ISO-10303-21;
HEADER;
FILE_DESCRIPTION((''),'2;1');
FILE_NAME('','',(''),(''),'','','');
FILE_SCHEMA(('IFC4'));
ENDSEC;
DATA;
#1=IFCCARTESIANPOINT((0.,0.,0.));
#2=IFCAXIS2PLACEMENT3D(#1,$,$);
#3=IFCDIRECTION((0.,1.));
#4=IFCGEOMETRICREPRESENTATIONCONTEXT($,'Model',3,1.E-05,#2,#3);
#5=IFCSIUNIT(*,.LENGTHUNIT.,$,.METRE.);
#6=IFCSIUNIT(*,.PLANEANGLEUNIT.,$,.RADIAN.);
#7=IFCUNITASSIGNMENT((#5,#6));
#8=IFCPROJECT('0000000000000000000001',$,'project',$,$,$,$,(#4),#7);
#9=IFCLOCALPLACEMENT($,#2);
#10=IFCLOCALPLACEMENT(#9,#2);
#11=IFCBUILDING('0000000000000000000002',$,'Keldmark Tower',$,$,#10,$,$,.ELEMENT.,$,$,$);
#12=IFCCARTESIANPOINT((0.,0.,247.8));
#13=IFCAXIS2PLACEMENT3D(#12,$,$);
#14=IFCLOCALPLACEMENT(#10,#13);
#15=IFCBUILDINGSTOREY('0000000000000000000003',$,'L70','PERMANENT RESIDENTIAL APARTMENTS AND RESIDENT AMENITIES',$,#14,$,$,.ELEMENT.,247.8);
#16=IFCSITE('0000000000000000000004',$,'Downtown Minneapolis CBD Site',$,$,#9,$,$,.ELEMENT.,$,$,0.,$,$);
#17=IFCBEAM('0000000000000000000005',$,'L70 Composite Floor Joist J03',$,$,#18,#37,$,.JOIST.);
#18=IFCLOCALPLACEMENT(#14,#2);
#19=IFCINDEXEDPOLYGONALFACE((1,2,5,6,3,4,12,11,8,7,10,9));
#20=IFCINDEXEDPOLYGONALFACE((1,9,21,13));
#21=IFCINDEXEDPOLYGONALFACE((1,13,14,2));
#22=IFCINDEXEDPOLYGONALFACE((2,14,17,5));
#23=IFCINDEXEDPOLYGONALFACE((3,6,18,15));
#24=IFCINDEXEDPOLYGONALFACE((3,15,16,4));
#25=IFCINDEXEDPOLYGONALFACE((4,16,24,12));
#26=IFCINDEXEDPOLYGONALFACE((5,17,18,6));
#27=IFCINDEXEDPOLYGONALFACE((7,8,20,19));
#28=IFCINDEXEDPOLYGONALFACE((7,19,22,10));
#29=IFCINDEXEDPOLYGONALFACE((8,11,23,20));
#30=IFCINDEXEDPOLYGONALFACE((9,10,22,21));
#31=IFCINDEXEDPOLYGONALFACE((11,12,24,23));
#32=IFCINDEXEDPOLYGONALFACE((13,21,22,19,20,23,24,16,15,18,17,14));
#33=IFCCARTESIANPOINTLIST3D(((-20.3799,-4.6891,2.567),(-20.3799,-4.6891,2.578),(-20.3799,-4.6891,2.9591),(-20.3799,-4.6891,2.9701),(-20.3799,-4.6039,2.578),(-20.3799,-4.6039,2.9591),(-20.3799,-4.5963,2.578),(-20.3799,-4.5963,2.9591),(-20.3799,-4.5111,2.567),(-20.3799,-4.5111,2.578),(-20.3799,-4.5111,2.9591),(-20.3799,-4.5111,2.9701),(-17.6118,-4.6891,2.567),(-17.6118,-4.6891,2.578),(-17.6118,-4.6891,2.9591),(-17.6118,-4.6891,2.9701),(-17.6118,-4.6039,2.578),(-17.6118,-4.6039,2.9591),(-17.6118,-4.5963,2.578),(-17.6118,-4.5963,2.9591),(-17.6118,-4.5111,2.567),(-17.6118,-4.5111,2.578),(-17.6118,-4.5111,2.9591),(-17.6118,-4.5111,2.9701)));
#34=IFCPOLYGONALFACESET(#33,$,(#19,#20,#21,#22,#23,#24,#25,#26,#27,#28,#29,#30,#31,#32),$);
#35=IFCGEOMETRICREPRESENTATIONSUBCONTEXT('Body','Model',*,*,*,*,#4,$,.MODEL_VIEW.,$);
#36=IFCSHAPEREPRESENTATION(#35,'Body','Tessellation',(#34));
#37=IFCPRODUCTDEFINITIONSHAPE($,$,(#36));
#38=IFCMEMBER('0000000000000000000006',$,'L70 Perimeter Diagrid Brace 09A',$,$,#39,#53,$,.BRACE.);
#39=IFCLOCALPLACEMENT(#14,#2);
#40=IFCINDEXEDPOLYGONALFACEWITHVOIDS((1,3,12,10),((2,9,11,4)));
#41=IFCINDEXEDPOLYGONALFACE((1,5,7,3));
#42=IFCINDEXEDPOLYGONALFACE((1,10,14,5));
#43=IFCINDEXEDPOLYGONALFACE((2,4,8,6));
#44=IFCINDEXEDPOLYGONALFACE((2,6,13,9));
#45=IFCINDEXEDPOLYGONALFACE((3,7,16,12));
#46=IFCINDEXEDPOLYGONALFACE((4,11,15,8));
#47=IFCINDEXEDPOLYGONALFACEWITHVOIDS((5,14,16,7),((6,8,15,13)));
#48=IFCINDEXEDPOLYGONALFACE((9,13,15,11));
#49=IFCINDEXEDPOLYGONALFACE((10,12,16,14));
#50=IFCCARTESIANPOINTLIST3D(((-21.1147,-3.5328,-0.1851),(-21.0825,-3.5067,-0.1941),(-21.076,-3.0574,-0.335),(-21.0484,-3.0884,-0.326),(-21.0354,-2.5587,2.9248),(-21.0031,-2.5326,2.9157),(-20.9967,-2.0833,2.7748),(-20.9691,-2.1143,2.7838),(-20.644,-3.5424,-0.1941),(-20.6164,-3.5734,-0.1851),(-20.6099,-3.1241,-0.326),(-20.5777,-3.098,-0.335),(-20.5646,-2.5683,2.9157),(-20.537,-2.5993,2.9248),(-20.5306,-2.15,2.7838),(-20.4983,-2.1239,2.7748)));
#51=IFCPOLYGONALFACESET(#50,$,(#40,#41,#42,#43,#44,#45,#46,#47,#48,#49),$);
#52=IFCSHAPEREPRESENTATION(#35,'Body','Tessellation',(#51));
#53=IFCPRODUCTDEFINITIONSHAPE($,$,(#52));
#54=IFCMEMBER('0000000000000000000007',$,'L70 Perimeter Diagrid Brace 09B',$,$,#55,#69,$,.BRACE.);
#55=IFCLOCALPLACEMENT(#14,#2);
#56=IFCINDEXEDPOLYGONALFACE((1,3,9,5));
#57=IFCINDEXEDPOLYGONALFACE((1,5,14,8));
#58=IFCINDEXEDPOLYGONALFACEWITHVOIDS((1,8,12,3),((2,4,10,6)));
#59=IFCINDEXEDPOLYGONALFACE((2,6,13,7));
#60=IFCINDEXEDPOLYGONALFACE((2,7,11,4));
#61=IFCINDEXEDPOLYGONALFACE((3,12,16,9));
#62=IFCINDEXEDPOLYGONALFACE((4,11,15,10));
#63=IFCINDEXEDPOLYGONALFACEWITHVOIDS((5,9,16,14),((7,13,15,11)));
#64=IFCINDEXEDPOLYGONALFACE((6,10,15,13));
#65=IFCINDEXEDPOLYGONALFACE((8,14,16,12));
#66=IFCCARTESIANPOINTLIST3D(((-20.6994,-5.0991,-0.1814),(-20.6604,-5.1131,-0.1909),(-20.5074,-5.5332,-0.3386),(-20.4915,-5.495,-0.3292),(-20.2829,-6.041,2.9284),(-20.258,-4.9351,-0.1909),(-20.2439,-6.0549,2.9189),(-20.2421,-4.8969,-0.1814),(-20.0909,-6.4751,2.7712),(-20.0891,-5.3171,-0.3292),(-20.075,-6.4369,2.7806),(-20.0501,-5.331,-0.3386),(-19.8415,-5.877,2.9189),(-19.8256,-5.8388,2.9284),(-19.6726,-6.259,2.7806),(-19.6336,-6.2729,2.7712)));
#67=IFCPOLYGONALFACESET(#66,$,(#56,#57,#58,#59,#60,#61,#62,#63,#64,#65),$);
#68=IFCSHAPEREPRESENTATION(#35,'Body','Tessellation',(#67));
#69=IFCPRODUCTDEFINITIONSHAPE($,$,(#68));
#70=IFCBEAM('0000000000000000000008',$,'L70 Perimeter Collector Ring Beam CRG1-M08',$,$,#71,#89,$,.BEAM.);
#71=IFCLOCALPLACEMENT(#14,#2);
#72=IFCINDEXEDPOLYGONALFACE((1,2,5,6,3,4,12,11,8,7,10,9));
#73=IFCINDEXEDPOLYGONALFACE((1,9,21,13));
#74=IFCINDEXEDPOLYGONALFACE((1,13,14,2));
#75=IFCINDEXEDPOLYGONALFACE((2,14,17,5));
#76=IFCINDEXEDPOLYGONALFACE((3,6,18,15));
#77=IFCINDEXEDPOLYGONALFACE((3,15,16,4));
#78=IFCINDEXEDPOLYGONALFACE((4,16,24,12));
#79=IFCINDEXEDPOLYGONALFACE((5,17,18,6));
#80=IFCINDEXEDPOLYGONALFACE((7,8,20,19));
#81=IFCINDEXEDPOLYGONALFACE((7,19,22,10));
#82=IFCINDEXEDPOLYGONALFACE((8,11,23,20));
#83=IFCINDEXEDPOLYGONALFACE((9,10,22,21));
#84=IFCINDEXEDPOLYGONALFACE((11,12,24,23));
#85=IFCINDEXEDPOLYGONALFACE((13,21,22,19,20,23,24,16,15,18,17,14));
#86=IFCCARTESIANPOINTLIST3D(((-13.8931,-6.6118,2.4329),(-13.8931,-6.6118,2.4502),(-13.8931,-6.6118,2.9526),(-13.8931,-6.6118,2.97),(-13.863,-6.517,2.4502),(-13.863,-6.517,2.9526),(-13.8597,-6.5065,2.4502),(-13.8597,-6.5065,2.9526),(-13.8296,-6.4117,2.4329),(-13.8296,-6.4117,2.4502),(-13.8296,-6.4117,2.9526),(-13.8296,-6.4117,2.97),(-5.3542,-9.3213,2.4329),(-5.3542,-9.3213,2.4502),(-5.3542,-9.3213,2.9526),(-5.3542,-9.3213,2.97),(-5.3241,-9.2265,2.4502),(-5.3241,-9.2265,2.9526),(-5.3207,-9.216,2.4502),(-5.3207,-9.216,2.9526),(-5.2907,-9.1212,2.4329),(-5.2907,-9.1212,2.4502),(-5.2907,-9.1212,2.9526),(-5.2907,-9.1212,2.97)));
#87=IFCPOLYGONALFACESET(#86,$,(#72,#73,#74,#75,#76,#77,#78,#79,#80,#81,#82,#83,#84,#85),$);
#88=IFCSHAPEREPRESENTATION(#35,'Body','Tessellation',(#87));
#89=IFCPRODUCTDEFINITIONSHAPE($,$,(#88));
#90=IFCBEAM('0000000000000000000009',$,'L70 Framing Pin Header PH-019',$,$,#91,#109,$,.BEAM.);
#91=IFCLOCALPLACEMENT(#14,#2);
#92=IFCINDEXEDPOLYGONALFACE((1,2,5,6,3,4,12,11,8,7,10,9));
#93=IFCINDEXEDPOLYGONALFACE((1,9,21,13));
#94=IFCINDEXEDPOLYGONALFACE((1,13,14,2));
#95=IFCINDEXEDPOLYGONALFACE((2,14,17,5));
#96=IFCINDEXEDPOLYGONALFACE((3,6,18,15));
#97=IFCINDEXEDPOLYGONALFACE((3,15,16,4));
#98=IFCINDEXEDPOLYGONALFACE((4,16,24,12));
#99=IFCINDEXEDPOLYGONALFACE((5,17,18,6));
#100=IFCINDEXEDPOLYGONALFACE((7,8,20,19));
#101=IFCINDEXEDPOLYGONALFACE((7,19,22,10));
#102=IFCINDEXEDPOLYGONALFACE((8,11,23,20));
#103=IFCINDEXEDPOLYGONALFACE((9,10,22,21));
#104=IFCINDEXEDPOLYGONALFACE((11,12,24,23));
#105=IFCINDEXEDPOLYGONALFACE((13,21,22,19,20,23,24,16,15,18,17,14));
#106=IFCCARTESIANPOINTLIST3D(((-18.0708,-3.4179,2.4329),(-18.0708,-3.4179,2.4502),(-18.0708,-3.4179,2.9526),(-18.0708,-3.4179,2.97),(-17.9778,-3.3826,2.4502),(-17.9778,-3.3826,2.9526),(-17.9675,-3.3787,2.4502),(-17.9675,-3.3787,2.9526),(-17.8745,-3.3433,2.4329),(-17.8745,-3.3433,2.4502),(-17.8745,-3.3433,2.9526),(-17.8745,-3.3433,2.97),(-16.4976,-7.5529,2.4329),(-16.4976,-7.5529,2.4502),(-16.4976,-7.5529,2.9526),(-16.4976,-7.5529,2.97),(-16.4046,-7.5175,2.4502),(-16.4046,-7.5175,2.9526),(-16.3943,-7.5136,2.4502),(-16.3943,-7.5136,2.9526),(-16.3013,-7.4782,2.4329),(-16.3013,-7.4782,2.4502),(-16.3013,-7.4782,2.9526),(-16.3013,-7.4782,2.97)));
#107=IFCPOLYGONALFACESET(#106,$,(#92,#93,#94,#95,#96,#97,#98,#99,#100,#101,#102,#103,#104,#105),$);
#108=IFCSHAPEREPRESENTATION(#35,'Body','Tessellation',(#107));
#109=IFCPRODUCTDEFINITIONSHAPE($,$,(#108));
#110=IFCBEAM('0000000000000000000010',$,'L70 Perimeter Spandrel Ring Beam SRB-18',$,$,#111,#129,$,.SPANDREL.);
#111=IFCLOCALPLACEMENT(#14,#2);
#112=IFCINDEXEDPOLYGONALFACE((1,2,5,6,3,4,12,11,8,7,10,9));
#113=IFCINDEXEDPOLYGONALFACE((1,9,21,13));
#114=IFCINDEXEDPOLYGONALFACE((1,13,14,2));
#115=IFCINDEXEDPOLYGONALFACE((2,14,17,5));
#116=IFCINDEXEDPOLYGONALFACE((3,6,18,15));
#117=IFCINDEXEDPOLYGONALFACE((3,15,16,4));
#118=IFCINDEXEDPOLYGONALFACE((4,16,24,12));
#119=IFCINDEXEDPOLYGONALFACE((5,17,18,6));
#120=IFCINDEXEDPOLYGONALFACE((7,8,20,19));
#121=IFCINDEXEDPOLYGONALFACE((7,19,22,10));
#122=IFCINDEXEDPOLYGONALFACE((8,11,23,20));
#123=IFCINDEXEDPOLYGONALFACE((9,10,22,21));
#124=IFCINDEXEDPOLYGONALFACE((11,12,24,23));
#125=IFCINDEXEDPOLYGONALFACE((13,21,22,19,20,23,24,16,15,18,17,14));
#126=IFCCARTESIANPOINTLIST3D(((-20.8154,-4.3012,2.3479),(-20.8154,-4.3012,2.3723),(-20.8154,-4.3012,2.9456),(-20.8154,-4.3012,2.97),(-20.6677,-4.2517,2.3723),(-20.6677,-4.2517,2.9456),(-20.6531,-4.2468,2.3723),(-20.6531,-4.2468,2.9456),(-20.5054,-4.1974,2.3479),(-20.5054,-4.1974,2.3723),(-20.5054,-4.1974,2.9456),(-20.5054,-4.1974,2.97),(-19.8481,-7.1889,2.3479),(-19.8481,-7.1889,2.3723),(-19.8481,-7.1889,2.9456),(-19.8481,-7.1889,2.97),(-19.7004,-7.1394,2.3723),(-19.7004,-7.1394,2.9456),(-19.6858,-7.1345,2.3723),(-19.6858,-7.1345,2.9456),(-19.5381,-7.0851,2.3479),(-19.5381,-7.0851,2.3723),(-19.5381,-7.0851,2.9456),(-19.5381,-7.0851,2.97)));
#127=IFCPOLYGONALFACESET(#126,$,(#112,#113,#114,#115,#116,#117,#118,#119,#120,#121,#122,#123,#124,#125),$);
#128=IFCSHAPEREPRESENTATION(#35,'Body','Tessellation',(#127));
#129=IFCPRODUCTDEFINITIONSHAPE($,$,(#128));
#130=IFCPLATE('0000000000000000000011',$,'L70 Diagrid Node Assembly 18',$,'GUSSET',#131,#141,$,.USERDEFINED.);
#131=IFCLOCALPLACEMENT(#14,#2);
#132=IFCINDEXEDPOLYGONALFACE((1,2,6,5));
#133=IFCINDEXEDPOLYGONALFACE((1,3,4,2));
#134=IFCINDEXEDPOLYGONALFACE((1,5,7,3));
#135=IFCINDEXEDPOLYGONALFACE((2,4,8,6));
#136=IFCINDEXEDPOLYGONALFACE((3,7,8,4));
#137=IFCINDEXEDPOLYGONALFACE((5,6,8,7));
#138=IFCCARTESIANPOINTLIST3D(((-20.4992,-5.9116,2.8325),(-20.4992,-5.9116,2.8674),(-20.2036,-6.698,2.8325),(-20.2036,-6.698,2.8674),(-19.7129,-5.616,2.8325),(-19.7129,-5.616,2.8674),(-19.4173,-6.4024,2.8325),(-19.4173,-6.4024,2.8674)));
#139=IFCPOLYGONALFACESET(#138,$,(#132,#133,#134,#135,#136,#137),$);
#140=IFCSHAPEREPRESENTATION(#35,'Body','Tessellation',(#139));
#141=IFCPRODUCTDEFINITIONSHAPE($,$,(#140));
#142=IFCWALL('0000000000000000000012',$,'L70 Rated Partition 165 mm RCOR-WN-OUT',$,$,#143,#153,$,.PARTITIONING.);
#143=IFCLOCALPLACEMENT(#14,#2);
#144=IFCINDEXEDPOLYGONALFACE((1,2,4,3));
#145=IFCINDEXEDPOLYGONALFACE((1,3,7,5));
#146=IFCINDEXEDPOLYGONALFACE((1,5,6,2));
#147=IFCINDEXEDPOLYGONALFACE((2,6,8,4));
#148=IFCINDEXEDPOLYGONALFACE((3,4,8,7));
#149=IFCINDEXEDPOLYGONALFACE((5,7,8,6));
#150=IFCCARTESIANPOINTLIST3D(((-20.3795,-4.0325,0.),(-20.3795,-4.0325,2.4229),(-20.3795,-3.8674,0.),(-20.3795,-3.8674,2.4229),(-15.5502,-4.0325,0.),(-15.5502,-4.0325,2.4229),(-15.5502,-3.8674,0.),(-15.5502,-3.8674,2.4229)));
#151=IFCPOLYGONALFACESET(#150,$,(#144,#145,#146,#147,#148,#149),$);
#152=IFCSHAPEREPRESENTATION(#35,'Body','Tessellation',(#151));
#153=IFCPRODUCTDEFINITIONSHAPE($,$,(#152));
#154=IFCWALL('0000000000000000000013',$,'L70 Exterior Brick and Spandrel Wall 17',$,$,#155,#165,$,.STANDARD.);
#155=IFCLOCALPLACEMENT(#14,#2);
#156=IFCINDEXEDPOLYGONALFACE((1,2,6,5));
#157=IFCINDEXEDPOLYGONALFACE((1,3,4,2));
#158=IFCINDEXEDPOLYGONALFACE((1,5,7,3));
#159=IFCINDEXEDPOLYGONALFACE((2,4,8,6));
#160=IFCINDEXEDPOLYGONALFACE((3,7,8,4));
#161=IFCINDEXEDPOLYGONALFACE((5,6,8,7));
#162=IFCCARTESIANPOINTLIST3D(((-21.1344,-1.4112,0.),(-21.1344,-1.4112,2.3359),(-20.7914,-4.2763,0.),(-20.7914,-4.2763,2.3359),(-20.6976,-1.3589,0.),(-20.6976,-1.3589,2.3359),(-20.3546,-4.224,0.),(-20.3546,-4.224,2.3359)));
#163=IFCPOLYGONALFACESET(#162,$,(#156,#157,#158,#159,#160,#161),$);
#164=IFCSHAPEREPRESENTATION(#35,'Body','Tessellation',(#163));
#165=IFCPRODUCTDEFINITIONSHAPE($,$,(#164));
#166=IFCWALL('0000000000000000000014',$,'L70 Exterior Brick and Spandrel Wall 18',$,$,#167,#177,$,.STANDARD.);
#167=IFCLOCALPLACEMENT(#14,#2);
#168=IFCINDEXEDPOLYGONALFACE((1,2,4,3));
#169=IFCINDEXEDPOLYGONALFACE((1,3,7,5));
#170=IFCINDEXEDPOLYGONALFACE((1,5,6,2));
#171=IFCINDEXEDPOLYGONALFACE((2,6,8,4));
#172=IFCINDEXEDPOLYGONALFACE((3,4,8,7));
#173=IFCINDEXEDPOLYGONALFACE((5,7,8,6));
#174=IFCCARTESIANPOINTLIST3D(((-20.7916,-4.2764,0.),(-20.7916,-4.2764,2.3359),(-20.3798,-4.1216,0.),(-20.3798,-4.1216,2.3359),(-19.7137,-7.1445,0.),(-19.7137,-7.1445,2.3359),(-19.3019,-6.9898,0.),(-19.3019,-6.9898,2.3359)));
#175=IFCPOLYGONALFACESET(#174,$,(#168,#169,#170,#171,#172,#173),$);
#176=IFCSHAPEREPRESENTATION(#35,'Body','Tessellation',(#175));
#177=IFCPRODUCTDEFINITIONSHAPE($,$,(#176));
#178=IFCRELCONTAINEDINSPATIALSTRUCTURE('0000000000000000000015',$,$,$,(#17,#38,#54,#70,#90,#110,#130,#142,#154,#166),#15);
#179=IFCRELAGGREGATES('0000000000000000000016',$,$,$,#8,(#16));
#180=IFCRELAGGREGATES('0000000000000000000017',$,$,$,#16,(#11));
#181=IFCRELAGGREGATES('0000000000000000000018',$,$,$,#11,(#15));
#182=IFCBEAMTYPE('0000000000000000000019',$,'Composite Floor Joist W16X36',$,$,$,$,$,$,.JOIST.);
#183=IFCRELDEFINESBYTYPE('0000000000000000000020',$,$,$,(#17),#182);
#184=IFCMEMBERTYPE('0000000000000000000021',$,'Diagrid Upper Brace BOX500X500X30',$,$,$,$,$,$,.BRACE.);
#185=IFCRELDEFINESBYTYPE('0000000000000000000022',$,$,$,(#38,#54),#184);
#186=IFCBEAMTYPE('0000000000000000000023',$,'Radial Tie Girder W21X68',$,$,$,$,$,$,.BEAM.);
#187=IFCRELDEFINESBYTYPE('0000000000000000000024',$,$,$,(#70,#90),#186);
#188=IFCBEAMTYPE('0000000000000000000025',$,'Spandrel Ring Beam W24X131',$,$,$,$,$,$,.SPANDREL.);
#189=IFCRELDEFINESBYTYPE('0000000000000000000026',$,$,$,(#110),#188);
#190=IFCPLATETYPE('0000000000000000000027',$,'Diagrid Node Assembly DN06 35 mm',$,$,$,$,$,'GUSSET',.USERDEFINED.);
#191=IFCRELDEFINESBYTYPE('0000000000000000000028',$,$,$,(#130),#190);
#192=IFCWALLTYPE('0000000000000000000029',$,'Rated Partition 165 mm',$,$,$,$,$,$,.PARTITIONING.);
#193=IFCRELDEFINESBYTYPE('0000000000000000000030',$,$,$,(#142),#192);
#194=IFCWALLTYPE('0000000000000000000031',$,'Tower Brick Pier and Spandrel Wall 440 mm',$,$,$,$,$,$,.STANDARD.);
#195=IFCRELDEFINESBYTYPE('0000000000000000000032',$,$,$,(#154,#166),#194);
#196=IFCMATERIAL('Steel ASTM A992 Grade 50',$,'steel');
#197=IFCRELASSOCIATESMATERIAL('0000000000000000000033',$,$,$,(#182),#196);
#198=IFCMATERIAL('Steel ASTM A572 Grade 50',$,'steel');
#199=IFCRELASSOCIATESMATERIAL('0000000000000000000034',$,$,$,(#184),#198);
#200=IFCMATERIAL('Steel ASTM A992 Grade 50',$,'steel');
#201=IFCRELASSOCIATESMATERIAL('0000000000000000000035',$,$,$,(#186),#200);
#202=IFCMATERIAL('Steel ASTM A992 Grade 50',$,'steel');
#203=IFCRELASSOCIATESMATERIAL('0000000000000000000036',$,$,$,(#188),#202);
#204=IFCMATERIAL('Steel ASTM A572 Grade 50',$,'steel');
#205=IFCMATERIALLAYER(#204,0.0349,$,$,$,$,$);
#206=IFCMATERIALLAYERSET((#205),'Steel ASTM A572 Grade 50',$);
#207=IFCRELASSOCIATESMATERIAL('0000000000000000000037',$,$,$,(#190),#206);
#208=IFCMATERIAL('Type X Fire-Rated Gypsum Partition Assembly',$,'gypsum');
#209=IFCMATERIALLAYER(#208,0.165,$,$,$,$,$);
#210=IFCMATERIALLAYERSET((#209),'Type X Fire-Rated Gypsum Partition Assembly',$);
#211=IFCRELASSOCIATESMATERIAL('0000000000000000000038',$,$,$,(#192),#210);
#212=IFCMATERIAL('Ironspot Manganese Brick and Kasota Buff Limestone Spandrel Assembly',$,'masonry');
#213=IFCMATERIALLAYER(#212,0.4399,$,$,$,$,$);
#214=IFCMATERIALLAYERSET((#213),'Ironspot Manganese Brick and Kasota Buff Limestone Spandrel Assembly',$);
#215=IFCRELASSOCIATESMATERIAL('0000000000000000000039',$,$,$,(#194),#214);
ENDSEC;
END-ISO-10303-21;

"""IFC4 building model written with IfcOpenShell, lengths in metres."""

from ifc_helpers import new_model, si_unit, direction, frame, frame_2d, origin, origin_2d, place, context, subcontext, project, spatial, rectangle, hollow_rectangle, i_section, extrude, material, layer, layer_set, material_profile, profile_set, type_object, element, save


model = new_model("IFC4")

# Units and contexts
model_context = context("Model", 3, precision=1e-05, world=origin(), true_north=direction((0.0, 1.0)))
body_context = subcontext(model_context, "Body", "Model", "MODEL_VIEW")
ifc_project = project(units=[si_unit("LENGTHUNIT", "METRE"), si_unit("PLANEANGLEUNIT", "RADIAN")], contexts=[model_context])

# Site, building, storey
site_placement = place(None, origin())
site = spatial("IfcSite", under=ifc_project, at=site_placement, Name="Downtown Minneapolis CBD Site", CompositionType="ELEMENT", RefElevation=0.0)
building_placement = place(site_placement, origin())
building = spatial("IfcBuilding", under=site, at=building_placement, Name="Keldmark Tower", CompositionType="ELEMENT")
storey_placement = place(building_placement, frame((0.0, 0.0, 247.8)))
storey = spatial("IfcBuildingStorey", under=building, at=storey_placement, Name="L70", Description="PERMANENT RESIDENTIAL APARTMENTS AND RESIDENT AMENITIES", CompositionType="ELEMENT", Elevation=247.8)

# Beam
ifc_material_1 = material(Name="Steel ASTM A992 Grade 50", Category="steel")
ifc_material_profile_1 = material_profile(ifc_material_1, i_section(OverallWidth=0.178, OverallDepth=0.4031, WebThickness=0.0076, FlangeThickness=0.011, at=origin_2d()), Name="W16X36")
ifc_profile_set_1 = profile_set([ifc_material_profile_1], Name="Steel ASTM A992 Grade 50")
beam_type_1 = type_object("IfcBeamType", Name="Composite Floor Joist W16X36", PredefinedType="JOIST", material=ifc_profile_set_1)
beam_1_placement = place(storey_placement, frame((-20.3799, -4.6001, 2.7686), z_axis=(1.0, 0.0, 0.0), x_axis=(0.0, 1.0, 0.0)))
element("IfcBeam", 1, at=beam_1_placement, inside=storey, type_object=beam_type_1, Name="L70 Composite Floor Joist J03", PredefinedType="JOIST", context=body_context, shape_type="SweptSolid", body=[
    extrude(i_section(OverallWidth=0.178, OverallDepth=0.4031, WebThickness=0.0076, FlangeThickness=0.011, at=origin_2d()), origin(), (0.0, 0.0, 1.0), 2.7681),
])

# Members
ifc_material_2 = material(Name="Steel ASTM A572 Grade 50", Category="steel")
ifc_material_profile_2 = material_profile(ifc_material_2, hollow_rectangle(XDim=0.5, YDim=0.5, WallThickness=0.03, at=origin_2d()), Name="BOX500X500X30")
ifc_profile_set_2 = profile_set([ifc_material_profile_2], Name="Steel ASTM A572 Grade 50")
member_type = type_object("IfcMemberType", Name="Diagrid Upper Brace BOX500X500X30", PredefinedType="BRACE", material=ifc_profile_set_2)
member_1_placement = place(storey_placement, frame((-20.8462, -3.3154, -0.26), z_axis=(0.02434, 0.298826, 0.953997), x_axis=(-0.996699, 0.081185, 0.0)))
element("IfcMember", 2, at=member_1_placement, inside=storey, type_object=member_type, Name="L70 Perimeter Diagrid Brace 09A", PredefinedType="BRACE", context=body_context, shape_type="SweptSolid", body=[
    extrude(hollow_rectangle(XDim=0.5, YDim=0.5, WallThickness=0.03, at=origin_2d()), origin(), (0.0, 0.0, 1.0), 3.2598),
])
member_2_placement = place(storey_placement, frame((-20.3748, -5.2151, -0.26), z_axis=(0.12714, -0.287517, 0.949299), x_axis=(0.914572, 0.404422, 0.0)))
element("IfcMember", 3, at=member_2_placement, inside=storey, type_object=member_type, Name="L70 Perimeter Diagrid Brace 09B", PredefinedType="BRACE", context=body_context, shape_type="SweptSolid", body=[
    extrude(hollow_rectangle(XDim=0.5, YDim=0.5, WallThickness=0.03, at=origin_2d()), origin(), (0.0, 0.0, 1.0), 3.2759),
])

# Beams
ifc_material_3 = material(Name="Steel ASTM A992 Grade 50", Category="steel")
ifc_material_profile_3 = material_profile(ifc_material_3, i_section(OverallWidth=0.21, OverallDepth=0.5371, WebThickness=0.011, FlangeThickness=0.0173, at=origin_2d()), Name="W21X68")
ifc_profile_set_3 = profile_set([ifc_material_profile_3], Name="Steel ASTM A992 Grade 50")
beam_type_2 = type_object("IfcBeamType", Name="Radial Tie Girder W21X68", PredefinedType="BEAM", material=ifc_profile_set_3)
beam_2_placement = place(storey_placement, frame((-13.8613, -6.5117, 2.7014), z_axis=(0.953165, -0.302451, 0.0), x_axis=(0.302451, 0.953165, 0.0)))
element("IfcBeam", 4, at=beam_2_placement, inside=storey, type_object=beam_type_2, Name="L70 Perimeter Collector Ring Beam CRG1-M08", PredefinedType="BEAM", context=body_context, shape_type="SweptSolid", body=[
    extrude(i_section(OverallWidth=0.21, OverallDepth=0.5371, WebThickness=0.011, FlangeThickness=0.0173, at=origin_2d()), origin(), (0.0, 0.0, 1.0), 8.9585),
])
beam_3_placement = place(storey_placement, frame((-17.9727, -3.3806, 2.7014), z_axis=(0.355601, -0.934638, 0.0), x_axis=(0.934638, 0.355601, 0.0)))
element("IfcBeam", 5, at=beam_3_placement, inside=storey, type_object=beam_type_2, Name="L70 Framing Pin Header PH-019", PredefinedType="BEAM", context=body_context, shape_type="SweptSolid", body=[
    extrude(i_section(OverallWidth=0.21, OverallDepth=0.5371, WebThickness=0.011, FlangeThickness=0.0173, at=origin_2d()), origin(), (0.0, 0.0, 1.0), 4.4241),
])
ifc_material_4 = material(Name="Steel ASTM A992 Grade 50", Category="steel")
ifc_material_profile_4 = material_profile(ifc_material_4, i_section(OverallWidth=0.3269, OverallDepth=0.6221, WebThickness=0.0154, FlangeThickness=0.0244, at=origin_2d()), Name="W24X131")
ifc_profile_set_4 = profile_set([ifc_material_profile_4], Name="Steel ASTM A992 Grade 50")
beam_type_3 = type_object("IfcBeamType", Name="Spandrel Ring Beam W24X131", PredefinedType="SPANDREL", material=ifc_profile_set_4)
beam_4_placement = place(storey_placement, frame((-20.6604, -4.2493, 2.6589), z_axis=(0.317622, -0.948217, 0.0), x_axis=(0.948217, 0.317622, 0.0)))
element("IfcBeam", 6, at=beam_4_placement, inside=storey, type_object=beam_type_3, Name="L70 Perimeter Spandrel Ring Beam SRB-18", PredefinedType="SPANDREL", context=body_context, shape_type="SweptSolid", body=[
    extrude(i_section(OverallWidth=0.3269, OverallDepth=0.6221, WebThickness=0.0154, FlangeThickness=0.0244, at=origin_2d()), origin(), (0.0, 0.0, 1.0), 3.0454),
])

# Plate
ifc_material_5 = material(Name="Steel ASTM A572 Grade 50", Category="steel")
ifc_layer_1 = layer(ifc_material_5, 0.0349)
ifc_layer_set_1 = layer_set([ifc_layer_1], Name="Steel ASTM A572 Grade 50")
plate_type = type_object("IfcPlateType", Name="Diagrid Node Assembly DN06 35 mm", ElementType="GUSSET", PredefinedType="USERDEFINED", material=ifc_layer_set_1)
plate_placement = place(storey_placement, frame((-19.9583, -6.157, 2.8325), z_axis=(0.0, 0.0, 1.0), x_axis=(0.351842, -0.93606, 0.0)))
element("IfcPlate", 7, at=plate_placement, inside=storey, type_object=plate_type, Name="L70 Diagrid Node Assembly 18", ObjectType="GUSSET", PredefinedType="USERDEFINED", context=body_context, shape_type="SweptSolid", body=[
    extrude(rectangle(XDim=0.8401, YDim=0.8401, at=origin_2d()), origin(), (0.0, 0.0, 1.0), 0.0349),
])

# Shared definitions
ifc_material_6 = material(Name="Type X Fire-Rated Gypsum Partition Assembly", Category="gypsum")
ifc_layer_2 = layer(ifc_material_6, 0.165)
ifc_layer_set_2 = layer_set([ifc_layer_2], Name="Type X Fire-Rated Gypsum Partition Assembly")
wall_type_1 = type_object("IfcWallType", Name="Rated Partition 165 mm", PredefinedType="PARTITIONING", material=ifc_layer_set_2)

# Wall
wall_1_placement = place(storey_placement, frame((-20.3794, -3.95, 0.0), z_axis=(0.0, 0.0, 1.0), x_axis=(1.0, 0.0, 0.0)))
element("IfcWall", 8, at=wall_1_placement, inside=storey, type_object=wall_type_1, Name="L70 Rated Partition 165 mm RCOR-WN-OUT", PredefinedType="PARTITIONING", context=body_context, shape_type="SweptSolid", body=[
    extrude(rectangle(XDim=4.8293, YDim=0.165, at=frame_2d((2.4146, 0.0))), origin(), (0.0, 0.0, 1.0), 2.4229),
])

# Walls
ifc_material_7 = material(Name="Ironspot Manganese Brick and Kasota Buff Limestone Spandrel Assembly", Category="masonry")
ifc_layer_3 = layer(ifc_material_7, 0.4399)
ifc_layer_set_3 = layer_set([ifc_layer_3], Name="Ironspot Manganese Brick and Kasota Buff Limestone Spandrel Assembly")
wall_type_2 = type_object("IfcWallType", Name="Tower Brick Pier and Spandrel Wall 440 mm", PredefinedType="STANDARD", material=ifc_layer_set_3)
wall_2_placement = place(storey_placement, frame((-20.573, -4.2502, 0.0), z_axis=(0.0, 0.0, 1.0), x_axis=(-0.118878, 0.992909, 0.0)))
element("IfcWall", 9, at=wall_2_placement, inside=storey, type_object=wall_type_2, Name="L70 Exterior Brick and Spandrel Wall 17", PredefinedType="STANDARD", context=body_context, shape_type="SweptSolid", body=[
    extrude(rectangle(XDim=2.8855, YDim=0.4399, at=frame_2d((1.4429, 0.0))), origin(), (0.0, 0.0, 1.0), 2.3359),
])
wall_3_placement = place(storey_placement, frame((-19.5078, -7.0671, 0.0), z_axis=(0.0, 0.0, 1.0), x_axis=(-0.351787, 0.93608, 0.0)))
element("IfcWall", 10, at=wall_3_placement, inside=storey, type_object=wall_type_2, Name="L70 Exterior Brick and Spandrel Wall 18", PredefinedType="STANDARD", context=body_context, shape_type="SweptSolid", body=[
    extrude(rectangle(XDim=3.064, YDim=0.4399, at=frame_2d((1.532, 0.0))), origin(), (0.0, 0.0, 1.0), 2.3359),
])

save(model, "model.ifc")
